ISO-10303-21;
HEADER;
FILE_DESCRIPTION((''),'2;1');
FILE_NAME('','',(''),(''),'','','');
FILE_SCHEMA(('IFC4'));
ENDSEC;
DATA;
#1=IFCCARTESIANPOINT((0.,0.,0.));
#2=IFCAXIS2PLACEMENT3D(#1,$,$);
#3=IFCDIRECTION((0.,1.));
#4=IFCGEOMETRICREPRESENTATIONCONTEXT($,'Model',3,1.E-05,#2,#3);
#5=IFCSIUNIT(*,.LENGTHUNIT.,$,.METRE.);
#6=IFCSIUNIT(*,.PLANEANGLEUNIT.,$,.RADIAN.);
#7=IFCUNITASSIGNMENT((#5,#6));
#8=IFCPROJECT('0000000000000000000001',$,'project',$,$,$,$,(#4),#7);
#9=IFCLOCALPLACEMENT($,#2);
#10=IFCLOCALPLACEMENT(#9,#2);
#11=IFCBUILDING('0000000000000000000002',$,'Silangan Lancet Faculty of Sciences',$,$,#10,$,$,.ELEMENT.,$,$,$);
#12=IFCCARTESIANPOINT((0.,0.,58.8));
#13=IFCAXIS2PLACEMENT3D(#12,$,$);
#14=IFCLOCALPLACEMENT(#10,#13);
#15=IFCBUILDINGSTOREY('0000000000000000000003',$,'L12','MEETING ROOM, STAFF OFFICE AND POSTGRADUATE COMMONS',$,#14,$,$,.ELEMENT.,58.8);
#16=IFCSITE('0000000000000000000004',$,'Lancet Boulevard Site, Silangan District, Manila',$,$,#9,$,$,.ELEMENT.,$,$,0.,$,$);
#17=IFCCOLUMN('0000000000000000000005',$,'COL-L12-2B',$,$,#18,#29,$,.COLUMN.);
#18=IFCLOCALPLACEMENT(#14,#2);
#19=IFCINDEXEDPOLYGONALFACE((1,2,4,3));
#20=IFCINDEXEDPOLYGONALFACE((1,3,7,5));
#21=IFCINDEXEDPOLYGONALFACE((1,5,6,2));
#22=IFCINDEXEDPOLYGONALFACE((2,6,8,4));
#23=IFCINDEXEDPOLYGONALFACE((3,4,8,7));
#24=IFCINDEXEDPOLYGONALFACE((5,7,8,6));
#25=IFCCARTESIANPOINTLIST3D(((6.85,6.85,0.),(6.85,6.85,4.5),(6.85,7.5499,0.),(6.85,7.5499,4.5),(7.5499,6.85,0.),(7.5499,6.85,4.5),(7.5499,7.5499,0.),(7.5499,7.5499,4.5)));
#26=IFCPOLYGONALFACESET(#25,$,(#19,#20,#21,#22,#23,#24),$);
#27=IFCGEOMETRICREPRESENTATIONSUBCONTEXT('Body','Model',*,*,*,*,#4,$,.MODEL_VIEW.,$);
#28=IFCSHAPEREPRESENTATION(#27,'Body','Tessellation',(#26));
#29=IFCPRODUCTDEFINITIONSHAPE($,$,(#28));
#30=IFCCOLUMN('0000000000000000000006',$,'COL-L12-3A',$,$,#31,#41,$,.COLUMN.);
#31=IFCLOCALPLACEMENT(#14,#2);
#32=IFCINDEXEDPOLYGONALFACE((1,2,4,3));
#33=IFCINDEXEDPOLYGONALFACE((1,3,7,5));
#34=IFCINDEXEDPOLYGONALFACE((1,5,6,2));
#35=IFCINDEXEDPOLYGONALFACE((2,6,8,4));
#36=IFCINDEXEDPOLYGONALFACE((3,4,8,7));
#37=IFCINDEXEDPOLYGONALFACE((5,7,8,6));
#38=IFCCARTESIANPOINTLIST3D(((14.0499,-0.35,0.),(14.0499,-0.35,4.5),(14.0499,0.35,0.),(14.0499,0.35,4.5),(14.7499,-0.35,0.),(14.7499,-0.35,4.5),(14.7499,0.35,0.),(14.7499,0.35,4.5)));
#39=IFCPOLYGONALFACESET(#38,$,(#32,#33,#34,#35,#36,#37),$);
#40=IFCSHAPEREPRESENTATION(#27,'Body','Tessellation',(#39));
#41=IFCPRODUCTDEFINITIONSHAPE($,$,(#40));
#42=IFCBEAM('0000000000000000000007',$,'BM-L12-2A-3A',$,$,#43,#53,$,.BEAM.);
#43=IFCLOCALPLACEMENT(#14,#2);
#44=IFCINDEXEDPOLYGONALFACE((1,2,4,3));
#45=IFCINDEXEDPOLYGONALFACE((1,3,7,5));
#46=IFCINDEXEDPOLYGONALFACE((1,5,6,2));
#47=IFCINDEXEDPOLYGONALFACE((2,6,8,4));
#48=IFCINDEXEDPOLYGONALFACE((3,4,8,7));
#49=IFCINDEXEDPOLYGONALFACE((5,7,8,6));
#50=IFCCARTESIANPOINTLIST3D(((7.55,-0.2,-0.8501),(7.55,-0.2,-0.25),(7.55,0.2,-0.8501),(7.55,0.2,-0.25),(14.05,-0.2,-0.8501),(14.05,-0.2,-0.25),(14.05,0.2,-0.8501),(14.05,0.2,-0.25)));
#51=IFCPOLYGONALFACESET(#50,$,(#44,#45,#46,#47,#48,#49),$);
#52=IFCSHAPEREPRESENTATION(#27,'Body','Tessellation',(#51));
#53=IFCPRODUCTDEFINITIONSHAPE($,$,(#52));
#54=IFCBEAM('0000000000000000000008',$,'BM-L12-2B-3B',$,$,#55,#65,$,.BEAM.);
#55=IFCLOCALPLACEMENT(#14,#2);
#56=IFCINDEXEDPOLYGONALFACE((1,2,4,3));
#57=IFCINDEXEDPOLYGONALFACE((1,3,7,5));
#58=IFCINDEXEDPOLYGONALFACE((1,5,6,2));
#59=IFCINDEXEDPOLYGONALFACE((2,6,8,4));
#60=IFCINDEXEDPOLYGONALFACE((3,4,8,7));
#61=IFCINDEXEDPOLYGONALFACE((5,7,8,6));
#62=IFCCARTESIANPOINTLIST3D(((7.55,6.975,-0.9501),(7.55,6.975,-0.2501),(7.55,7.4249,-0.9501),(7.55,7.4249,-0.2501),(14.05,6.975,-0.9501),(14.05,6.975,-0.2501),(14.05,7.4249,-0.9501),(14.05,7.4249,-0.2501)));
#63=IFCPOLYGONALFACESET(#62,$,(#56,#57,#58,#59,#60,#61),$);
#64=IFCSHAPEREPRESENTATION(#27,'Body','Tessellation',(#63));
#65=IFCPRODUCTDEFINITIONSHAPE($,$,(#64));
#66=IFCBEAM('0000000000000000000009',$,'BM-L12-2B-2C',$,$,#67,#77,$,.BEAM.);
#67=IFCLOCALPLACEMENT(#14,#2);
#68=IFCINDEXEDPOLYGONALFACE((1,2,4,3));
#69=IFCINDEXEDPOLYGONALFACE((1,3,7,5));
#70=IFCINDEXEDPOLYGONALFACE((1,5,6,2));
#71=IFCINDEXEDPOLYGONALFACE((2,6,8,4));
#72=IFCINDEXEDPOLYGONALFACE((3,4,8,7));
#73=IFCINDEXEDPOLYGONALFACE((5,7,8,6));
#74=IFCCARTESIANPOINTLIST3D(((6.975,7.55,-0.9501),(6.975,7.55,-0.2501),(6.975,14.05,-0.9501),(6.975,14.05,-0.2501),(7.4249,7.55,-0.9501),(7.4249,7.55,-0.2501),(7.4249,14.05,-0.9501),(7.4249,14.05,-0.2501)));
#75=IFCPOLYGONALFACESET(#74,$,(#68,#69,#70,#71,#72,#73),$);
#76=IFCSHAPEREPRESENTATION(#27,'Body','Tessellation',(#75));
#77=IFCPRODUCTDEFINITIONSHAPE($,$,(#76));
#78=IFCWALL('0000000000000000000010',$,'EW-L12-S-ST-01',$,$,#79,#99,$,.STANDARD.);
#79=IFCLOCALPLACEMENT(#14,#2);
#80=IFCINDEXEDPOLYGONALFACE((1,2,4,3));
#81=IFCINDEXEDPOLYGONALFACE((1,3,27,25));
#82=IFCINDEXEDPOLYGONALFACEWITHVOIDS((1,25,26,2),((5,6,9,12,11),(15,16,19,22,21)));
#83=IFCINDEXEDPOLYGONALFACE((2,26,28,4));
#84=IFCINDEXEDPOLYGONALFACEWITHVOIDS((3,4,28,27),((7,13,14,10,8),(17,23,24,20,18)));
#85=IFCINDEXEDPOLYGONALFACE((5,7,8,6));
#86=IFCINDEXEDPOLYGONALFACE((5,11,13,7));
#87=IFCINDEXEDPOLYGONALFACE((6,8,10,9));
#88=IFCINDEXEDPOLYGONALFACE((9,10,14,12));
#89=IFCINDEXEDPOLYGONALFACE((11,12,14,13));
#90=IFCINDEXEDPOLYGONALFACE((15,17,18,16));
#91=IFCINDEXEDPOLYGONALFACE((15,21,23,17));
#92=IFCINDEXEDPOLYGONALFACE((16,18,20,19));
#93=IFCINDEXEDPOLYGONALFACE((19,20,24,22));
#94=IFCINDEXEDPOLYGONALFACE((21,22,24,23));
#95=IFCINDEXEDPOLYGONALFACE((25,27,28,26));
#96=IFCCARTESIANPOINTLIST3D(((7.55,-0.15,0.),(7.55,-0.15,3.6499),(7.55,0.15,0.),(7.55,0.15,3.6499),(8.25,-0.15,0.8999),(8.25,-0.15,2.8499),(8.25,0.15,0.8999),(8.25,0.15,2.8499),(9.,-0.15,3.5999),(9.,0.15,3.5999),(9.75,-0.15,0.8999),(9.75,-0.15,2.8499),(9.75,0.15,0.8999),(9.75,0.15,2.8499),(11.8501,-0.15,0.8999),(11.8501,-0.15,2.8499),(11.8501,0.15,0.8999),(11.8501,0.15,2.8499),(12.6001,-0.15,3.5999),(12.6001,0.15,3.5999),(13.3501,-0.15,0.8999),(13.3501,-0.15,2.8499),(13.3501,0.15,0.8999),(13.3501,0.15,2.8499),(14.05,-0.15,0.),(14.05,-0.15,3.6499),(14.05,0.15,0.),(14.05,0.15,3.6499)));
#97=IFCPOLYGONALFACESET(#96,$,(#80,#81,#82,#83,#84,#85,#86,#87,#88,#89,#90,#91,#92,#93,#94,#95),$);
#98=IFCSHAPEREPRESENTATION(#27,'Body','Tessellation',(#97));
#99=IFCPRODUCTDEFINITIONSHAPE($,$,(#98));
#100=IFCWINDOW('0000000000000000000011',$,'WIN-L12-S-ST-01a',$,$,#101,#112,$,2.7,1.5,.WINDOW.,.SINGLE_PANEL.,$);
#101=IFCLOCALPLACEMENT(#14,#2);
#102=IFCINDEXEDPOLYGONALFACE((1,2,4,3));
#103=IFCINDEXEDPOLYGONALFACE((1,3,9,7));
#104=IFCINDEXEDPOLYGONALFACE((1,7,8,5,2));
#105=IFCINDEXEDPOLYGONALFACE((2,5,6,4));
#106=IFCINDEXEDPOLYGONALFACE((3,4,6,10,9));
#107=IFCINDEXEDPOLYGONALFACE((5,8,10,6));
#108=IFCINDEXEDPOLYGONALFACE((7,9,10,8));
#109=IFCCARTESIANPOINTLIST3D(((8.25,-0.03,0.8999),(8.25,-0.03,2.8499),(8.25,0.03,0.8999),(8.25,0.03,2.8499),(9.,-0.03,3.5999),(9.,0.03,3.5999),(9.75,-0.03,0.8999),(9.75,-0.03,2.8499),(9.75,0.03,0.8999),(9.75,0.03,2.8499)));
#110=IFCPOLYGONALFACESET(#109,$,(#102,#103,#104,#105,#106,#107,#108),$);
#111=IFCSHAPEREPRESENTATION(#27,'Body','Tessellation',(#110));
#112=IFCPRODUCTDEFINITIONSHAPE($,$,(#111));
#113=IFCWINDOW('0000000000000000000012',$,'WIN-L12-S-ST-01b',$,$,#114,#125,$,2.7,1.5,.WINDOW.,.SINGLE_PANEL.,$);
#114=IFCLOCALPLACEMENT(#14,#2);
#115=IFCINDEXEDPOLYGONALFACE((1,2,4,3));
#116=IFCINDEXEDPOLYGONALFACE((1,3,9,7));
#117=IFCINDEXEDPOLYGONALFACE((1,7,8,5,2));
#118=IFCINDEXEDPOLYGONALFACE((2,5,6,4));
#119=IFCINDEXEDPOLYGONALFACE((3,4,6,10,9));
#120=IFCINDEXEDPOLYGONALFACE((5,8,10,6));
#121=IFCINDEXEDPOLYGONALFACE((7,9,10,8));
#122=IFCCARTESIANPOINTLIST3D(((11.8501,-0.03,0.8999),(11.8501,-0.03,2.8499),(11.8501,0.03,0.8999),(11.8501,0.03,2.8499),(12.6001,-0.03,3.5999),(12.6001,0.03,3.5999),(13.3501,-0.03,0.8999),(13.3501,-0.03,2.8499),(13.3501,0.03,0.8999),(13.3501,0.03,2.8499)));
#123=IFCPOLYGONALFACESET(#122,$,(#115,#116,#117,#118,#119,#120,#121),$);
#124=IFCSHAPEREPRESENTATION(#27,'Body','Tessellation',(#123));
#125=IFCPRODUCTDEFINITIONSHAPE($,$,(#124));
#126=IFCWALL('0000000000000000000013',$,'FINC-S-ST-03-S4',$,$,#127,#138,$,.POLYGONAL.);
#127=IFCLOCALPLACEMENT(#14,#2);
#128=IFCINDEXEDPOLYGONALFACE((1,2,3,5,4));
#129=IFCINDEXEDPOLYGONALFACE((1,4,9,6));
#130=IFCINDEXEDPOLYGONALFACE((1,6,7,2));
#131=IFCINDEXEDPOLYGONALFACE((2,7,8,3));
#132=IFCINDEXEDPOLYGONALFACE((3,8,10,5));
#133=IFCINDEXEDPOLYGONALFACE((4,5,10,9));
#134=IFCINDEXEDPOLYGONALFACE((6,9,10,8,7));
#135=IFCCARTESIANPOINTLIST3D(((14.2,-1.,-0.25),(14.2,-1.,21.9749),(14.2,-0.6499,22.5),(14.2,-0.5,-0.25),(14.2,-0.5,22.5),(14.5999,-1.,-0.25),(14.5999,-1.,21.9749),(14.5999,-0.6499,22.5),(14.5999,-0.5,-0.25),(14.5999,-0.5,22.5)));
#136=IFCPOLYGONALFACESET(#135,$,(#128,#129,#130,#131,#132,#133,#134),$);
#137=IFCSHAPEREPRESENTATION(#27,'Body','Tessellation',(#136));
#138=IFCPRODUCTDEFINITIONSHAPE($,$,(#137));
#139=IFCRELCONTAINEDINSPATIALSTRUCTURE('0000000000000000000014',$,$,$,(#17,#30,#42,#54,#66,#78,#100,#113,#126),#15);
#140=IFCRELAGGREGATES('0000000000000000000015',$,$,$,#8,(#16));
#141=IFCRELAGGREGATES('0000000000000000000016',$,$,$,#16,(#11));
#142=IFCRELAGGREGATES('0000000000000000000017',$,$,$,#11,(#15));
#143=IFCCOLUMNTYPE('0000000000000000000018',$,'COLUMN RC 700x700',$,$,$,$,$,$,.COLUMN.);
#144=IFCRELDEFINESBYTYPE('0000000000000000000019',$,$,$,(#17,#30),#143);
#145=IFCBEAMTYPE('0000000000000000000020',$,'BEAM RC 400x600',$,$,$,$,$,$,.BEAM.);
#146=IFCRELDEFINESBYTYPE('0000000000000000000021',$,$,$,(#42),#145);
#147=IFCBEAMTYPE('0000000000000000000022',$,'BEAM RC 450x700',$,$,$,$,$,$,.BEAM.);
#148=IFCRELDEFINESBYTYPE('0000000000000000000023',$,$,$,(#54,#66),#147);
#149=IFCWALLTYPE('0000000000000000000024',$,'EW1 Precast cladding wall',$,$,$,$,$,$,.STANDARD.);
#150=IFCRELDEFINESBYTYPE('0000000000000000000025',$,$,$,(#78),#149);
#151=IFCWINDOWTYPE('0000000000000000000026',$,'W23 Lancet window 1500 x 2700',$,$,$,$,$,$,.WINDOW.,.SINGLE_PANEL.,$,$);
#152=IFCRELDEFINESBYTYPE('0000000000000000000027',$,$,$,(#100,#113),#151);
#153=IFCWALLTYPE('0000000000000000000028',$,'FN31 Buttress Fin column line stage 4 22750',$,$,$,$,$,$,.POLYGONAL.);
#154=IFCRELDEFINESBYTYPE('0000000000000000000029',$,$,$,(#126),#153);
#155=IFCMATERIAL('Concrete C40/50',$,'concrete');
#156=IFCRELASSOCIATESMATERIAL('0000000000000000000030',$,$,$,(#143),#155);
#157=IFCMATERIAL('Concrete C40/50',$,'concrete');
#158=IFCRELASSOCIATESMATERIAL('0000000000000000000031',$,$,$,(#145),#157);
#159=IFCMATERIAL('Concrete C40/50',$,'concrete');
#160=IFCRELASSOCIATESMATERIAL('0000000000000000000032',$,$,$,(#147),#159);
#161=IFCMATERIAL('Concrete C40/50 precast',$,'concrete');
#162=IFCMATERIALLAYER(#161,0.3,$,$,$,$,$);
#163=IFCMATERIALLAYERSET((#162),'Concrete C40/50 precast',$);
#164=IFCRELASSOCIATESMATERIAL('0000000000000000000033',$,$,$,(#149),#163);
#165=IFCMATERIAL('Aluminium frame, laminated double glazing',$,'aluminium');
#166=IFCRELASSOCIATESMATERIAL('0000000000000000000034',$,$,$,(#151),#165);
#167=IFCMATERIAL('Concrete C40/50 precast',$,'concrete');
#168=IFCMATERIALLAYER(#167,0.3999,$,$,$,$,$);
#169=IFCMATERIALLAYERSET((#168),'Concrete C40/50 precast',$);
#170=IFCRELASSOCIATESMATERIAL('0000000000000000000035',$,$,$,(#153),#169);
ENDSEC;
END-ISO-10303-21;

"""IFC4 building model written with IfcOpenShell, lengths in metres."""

from ifc_helpers import new_model, si_unit, direction, frame, frame_2d, origin, origin_2d, place, context, subcontext, project, spatial, polyline, rectangle, outline, extrude, material, layer, layer_set, material_profile, profile_set, type_object, element, fill, save


model = new_model("IFC4")

# Units and contexts
model_context = context("Model", 3, precision=1e-05, world=origin(), true_north=direction((0.0, 1.0)))
body_context = subcontext(model_context, "Body", "Model", "MODEL_VIEW")
ifc_project = project(units=[si_unit("LENGTHUNIT", "METRE"), si_unit("PLANEANGLEUNIT", "RADIAN")], contexts=[model_context])

# Site, building, storey
site_placement = place(None, origin())
site = spatial("IfcSite", under=ifc_project, at=site_placement, Name="Lancet Boulevard Site, Silangan District, Manila", CompositionType="ELEMENT", RefElevation=0.0)
building_placement = place(site_placement, origin())
building = spatial("IfcBuilding", under=site, at=building_placement, Name="Silangan Lancet Faculty of Sciences", CompositionType="ELEMENT")
storey_placement = place(building_placement, frame((0.0, 0.0, 58.8)))
storey = spatial("IfcBuildingStorey", under=building, at=storey_placement, Name="L12", Description="MEETING ROOM, STAFF OFFICE AND POSTGRADUATE COMMONS", CompositionType="ELEMENT", Elevation=58.8)

# Columns
ifc_material_1 = material(Name="Concrete C40/50", Category="concrete")
ifc_material_profile_1 = material_profile(ifc_material_1, rectangle(XDim=0.7, YDim=0.7, at=origin_2d()), Name="RC 700x700")
ifc_profile_set_1 = profile_set([ifc_material_profile_1], Name="Concrete C40/50")
column_type = type_object("IfcColumnType", Name="COLUMN RC 700x700", PredefinedType="COLUMN", material=ifc_profile_set_1)
for number, where, z_axis, x_axis, name in (
    (1, (7.2, 7.2, 0.0), (0.0, 0.0, 1.0), (1.0, 0.0, 0.0), "COL-L12-2B"),
    (2, (14.3999, 0.0, 0.0), (0.0, 0.0, 1.0), (1.0, 0.0, 0.0), "COL-L12-3A"),
):
    element("IfcColumn", number, at=place(storey_placement, frame(where, z_axis=z_axis, x_axis=x_axis)), inside=storey, type_object=column_type, Name=name, PredefinedType="COLUMN", context=body_context, shape_type="SweptSolid", body=[
        extrude(rectangle(XDim=0.7, YDim=0.7, at=origin_2d()), origin(), (0.0, 0.0, 1.0), 4.5),
    ])

# Beams
ifc_material_2 = material(Name="Concrete C40/50", Category="concrete")
ifc_material_profile_2 = material_profile(ifc_material_2, rectangle(XDim=0.3999, YDim=0.6001, at=origin_2d()), Name="RC 400x600")
ifc_profile_set_2 = profile_set([ifc_material_profile_2], Name="Concrete C40/50")
beam_type_1 = type_object("IfcBeamType", Name="BEAM RC 400x600", PredefinedType="BEAM", material=ifc_profile_set_2)
beam_placement = place(storey_placement, frame((7.55, 0.0, -0.55), z_axis=(1.0, 0.0, 0.0), x_axis=(0.0, 1.0, 0.0)))
element("IfcBeam", 3, at=beam_placement, inside=storey, type_object=beam_type_1, Name="BM-L12-2A-3A", PredefinedType="BEAM", context=body_context, shape_type="SweptSolid", body=[
    extrude(rectangle(XDim=0.3999, YDim=0.6001, at=origin_2d()), origin(), (0.0, 0.0, 1.0), 6.5),
])
ifc_material_3 = material(Name="Concrete C40/50", Category="concrete")
ifc_material_profile_3 = material_profile(ifc_material_3, rectangle(XDim=0.45, YDim=0.7, at=origin_2d()), Name="RC 450x700")
ifc_profile_set_3 = profile_set([ifc_material_profile_3], Name="Concrete C40/50")
beam_type_2 = type_object("IfcBeamType", Name="BEAM RC 450x700", PredefinedType="BEAM", material=ifc_profile_set_3)
for number, where, z_axis, x_axis, name in (
    (4, (7.55, 7.2, -0.6001), (1.0, 0.0, 0.0), (0.0, 1.0, 0.0), "BM-L12-2B-3B"),
    (5, (7.2, 7.55, -0.6001), (0.0, 1.0, 0.0), (-1.0, 0.0, 0.0), "BM-L12-2B-2C"),
):
    element("IfcBeam", number, at=place(storey_placement, frame(where, z_axis=z_axis, x_axis=x_axis)), inside=storey, type_object=beam_type_2, Name=name, PredefinedType="BEAM", context=body_context, shape_type="SweptSolid", body=[
        extrude(rectangle(XDim=0.45, YDim=0.7, at=origin_2d()), origin(), (0.0, 0.0, 1.0), 6.5),
    ])

# Wall, openings, windows
ifc_material_4 = material(Name="Concrete C40/50 precast", Category="concrete")
ifc_layer_1 = layer(ifc_material_4, 0.3)
ifc_layer_set_1 = layer_set([ifc_layer_1], Name="Concrete C40/50 precast")
wall_type_1 = type_object("IfcWallType", Name="EW1 Precast cladding wall", PredefinedType="STANDARD", material=ifc_layer_set_1)
wall_1_placement = place(storey_placement, frame((7.55, 0.0, 0.0), z_axis=(0.0, 0.0, 1.0), x_axis=(1.0, 0.0, 0.0)))
wall_1 = element("IfcWall", 6, at=wall_1_placement, inside=storey, type_object=wall_type_1, Name="EW-L12-S-ST-01", PredefinedType="STANDARD", context=body_context, shape_type="SweptSolid", body=[
    extrude(rectangle(XDim=6.5, YDim=0.3, at=frame_2d((3.25, 0.0))), origin(), (0.0, 0.0, 1.0), 3.6499),
])
opening_1_placement = place(wall_1_placement, frame((0.7, 0.0, 0.8999)))
opening_1 = element("IfcOpeningElement", 7, at=opening_1_placement, cuts=wall_1, PredefinedType="OPENING", context=body_context, shape_type="SweptSolid", body=[
    extrude(outline(polyline([(0.0, 0.0), (1.5, 0.0), (1.5, 1.95), (0.75, 2.7), (0.0, 1.95), (0.0, 0.0)])), frame((0.0, 0.1599, 0.0), z_axis=(0.0, -1.0, 0.0), x_axis=(1.0, 0.0, 0.0)), (0.0, 0.0, 1.0), 0.3201),
])
opening_2_placement = place(wall_1_placement, frame((4.3, 0.0, 0.8999)))
opening_2 = element("IfcOpeningElement", 8, at=opening_2_placement, cuts=wall_1, PredefinedType="OPENING", context=body_context, shape_type="SweptSolid", body=[
    extrude(outline(polyline([(0.0, 0.0), (1.5, 0.0), (1.5, 1.95), (0.75, 2.7), (0.0, 1.95), (0.0, 0.0)])), frame((0.0, 0.1599, 0.0), z_axis=(0.0, -1.0, 0.0), x_axis=(1.0, 0.0, 0.0)), (0.0, 0.0, 1.0), 0.3201),
])
ifc_material_5 = material(Name="Aluminium frame, laminated double glazing", Category="aluminium")
window_type = type_object("IfcWindowType", Name="W23 Lancet window 1500 x 2700", PartitioningType="SINGLE_PANEL", PredefinedType="WINDOW", material=ifc_material_5)
window_1_placement = place(opening_1_placement, origin())
window_1 = element("IfcWindow", 9, at=window_1_placement, inside=storey, type_object=window_type, Name="WIN-L12-S-ST-01a", OverallHeight=2.7, OverallWidth=1.5, PartitioningType="SINGLE_PANEL", PredefinedType="WINDOW", context=body_context, shape_type="SweptSolid", body=[
    extrude(outline(polyline([(0.0, 0.0), (1.5, 0.0), (1.5, 1.95), (0.75, 2.7), (0.0, 1.95), (0.0, 0.0)])), frame((0.0, 0.03, 0.0), z_axis=(0.0, -1.0, 0.0), x_axis=(1.0, 0.0, 0.0)), (0.0, 0.0, 1.0), 0.0601),
])
fill(opening_1, window_1)
window_2_placement = place(opening_2_placement, origin())
window_2 = element("IfcWindow", 10, at=window_2_placement, inside=storey, type_object=window_type, Name="WIN-L12-S-ST-01b", OverallHeight=2.7, OverallWidth=1.5, PartitioningType="SINGLE_PANEL", PredefinedType="WINDOW", context=body_context, shape_type="SweptSolid", body=[
    extrude(outline(polyline([(0.0, 0.0), (1.5, 0.0), (1.5, 1.95), (0.75, 2.7), (0.0, 1.95), (0.0, 0.0)])), frame((0.0, 0.03, 0.0), z_axis=(0.0, -1.0, 0.0), x_axis=(1.0, 0.0, 0.0)), (0.0, 0.0, 1.0), 0.0601),
])
fill(opening_2, window_2)

# Wall
ifc_material_6 = material(Name="Concrete C40/50 precast", Category="concrete")
ifc_layer_2 = layer(ifc_material_6, 0.3999)
ifc_layer_set_2 = layer_set([ifc_layer_2], Name="Concrete C40/50 precast")
wall_type_2 = type_object("IfcWallType", Name="FN31 Buttress Fin column line stage 4 22750", PredefinedType="POLYGONAL", material=ifc_layer_set_2)
wall_2_placement = place(storey_placement, frame((14.3999, -0.5, -0.25), z_axis=(0.0, 0.0, 1.0), x_axis=(0.0, -1.0, 0.0)))
element("IfcWall", 11, at=wall_2_placement, inside=storey, type_object=wall_type_2, Name="FINC-S-ST-03-S4", PredefinedType="POLYGONAL", context=body_context, shape_type="SweptSolid", body=[
    extrude(outline(polyline([(0.5, 0.0), (0.5, 22.2249), (0.1499, 22.75), (0.0, 22.75), (0.0, 0.0), (0.5, 0.0)])), frame((0.0, 0.2, 0.0), z_axis=(0.0, -1.0, 0.0), x_axis=(1.0, 0.0, 0.0)), (0.0, 0.0, 1.0), 0.3999),
])

save(model, "model.ifc")
